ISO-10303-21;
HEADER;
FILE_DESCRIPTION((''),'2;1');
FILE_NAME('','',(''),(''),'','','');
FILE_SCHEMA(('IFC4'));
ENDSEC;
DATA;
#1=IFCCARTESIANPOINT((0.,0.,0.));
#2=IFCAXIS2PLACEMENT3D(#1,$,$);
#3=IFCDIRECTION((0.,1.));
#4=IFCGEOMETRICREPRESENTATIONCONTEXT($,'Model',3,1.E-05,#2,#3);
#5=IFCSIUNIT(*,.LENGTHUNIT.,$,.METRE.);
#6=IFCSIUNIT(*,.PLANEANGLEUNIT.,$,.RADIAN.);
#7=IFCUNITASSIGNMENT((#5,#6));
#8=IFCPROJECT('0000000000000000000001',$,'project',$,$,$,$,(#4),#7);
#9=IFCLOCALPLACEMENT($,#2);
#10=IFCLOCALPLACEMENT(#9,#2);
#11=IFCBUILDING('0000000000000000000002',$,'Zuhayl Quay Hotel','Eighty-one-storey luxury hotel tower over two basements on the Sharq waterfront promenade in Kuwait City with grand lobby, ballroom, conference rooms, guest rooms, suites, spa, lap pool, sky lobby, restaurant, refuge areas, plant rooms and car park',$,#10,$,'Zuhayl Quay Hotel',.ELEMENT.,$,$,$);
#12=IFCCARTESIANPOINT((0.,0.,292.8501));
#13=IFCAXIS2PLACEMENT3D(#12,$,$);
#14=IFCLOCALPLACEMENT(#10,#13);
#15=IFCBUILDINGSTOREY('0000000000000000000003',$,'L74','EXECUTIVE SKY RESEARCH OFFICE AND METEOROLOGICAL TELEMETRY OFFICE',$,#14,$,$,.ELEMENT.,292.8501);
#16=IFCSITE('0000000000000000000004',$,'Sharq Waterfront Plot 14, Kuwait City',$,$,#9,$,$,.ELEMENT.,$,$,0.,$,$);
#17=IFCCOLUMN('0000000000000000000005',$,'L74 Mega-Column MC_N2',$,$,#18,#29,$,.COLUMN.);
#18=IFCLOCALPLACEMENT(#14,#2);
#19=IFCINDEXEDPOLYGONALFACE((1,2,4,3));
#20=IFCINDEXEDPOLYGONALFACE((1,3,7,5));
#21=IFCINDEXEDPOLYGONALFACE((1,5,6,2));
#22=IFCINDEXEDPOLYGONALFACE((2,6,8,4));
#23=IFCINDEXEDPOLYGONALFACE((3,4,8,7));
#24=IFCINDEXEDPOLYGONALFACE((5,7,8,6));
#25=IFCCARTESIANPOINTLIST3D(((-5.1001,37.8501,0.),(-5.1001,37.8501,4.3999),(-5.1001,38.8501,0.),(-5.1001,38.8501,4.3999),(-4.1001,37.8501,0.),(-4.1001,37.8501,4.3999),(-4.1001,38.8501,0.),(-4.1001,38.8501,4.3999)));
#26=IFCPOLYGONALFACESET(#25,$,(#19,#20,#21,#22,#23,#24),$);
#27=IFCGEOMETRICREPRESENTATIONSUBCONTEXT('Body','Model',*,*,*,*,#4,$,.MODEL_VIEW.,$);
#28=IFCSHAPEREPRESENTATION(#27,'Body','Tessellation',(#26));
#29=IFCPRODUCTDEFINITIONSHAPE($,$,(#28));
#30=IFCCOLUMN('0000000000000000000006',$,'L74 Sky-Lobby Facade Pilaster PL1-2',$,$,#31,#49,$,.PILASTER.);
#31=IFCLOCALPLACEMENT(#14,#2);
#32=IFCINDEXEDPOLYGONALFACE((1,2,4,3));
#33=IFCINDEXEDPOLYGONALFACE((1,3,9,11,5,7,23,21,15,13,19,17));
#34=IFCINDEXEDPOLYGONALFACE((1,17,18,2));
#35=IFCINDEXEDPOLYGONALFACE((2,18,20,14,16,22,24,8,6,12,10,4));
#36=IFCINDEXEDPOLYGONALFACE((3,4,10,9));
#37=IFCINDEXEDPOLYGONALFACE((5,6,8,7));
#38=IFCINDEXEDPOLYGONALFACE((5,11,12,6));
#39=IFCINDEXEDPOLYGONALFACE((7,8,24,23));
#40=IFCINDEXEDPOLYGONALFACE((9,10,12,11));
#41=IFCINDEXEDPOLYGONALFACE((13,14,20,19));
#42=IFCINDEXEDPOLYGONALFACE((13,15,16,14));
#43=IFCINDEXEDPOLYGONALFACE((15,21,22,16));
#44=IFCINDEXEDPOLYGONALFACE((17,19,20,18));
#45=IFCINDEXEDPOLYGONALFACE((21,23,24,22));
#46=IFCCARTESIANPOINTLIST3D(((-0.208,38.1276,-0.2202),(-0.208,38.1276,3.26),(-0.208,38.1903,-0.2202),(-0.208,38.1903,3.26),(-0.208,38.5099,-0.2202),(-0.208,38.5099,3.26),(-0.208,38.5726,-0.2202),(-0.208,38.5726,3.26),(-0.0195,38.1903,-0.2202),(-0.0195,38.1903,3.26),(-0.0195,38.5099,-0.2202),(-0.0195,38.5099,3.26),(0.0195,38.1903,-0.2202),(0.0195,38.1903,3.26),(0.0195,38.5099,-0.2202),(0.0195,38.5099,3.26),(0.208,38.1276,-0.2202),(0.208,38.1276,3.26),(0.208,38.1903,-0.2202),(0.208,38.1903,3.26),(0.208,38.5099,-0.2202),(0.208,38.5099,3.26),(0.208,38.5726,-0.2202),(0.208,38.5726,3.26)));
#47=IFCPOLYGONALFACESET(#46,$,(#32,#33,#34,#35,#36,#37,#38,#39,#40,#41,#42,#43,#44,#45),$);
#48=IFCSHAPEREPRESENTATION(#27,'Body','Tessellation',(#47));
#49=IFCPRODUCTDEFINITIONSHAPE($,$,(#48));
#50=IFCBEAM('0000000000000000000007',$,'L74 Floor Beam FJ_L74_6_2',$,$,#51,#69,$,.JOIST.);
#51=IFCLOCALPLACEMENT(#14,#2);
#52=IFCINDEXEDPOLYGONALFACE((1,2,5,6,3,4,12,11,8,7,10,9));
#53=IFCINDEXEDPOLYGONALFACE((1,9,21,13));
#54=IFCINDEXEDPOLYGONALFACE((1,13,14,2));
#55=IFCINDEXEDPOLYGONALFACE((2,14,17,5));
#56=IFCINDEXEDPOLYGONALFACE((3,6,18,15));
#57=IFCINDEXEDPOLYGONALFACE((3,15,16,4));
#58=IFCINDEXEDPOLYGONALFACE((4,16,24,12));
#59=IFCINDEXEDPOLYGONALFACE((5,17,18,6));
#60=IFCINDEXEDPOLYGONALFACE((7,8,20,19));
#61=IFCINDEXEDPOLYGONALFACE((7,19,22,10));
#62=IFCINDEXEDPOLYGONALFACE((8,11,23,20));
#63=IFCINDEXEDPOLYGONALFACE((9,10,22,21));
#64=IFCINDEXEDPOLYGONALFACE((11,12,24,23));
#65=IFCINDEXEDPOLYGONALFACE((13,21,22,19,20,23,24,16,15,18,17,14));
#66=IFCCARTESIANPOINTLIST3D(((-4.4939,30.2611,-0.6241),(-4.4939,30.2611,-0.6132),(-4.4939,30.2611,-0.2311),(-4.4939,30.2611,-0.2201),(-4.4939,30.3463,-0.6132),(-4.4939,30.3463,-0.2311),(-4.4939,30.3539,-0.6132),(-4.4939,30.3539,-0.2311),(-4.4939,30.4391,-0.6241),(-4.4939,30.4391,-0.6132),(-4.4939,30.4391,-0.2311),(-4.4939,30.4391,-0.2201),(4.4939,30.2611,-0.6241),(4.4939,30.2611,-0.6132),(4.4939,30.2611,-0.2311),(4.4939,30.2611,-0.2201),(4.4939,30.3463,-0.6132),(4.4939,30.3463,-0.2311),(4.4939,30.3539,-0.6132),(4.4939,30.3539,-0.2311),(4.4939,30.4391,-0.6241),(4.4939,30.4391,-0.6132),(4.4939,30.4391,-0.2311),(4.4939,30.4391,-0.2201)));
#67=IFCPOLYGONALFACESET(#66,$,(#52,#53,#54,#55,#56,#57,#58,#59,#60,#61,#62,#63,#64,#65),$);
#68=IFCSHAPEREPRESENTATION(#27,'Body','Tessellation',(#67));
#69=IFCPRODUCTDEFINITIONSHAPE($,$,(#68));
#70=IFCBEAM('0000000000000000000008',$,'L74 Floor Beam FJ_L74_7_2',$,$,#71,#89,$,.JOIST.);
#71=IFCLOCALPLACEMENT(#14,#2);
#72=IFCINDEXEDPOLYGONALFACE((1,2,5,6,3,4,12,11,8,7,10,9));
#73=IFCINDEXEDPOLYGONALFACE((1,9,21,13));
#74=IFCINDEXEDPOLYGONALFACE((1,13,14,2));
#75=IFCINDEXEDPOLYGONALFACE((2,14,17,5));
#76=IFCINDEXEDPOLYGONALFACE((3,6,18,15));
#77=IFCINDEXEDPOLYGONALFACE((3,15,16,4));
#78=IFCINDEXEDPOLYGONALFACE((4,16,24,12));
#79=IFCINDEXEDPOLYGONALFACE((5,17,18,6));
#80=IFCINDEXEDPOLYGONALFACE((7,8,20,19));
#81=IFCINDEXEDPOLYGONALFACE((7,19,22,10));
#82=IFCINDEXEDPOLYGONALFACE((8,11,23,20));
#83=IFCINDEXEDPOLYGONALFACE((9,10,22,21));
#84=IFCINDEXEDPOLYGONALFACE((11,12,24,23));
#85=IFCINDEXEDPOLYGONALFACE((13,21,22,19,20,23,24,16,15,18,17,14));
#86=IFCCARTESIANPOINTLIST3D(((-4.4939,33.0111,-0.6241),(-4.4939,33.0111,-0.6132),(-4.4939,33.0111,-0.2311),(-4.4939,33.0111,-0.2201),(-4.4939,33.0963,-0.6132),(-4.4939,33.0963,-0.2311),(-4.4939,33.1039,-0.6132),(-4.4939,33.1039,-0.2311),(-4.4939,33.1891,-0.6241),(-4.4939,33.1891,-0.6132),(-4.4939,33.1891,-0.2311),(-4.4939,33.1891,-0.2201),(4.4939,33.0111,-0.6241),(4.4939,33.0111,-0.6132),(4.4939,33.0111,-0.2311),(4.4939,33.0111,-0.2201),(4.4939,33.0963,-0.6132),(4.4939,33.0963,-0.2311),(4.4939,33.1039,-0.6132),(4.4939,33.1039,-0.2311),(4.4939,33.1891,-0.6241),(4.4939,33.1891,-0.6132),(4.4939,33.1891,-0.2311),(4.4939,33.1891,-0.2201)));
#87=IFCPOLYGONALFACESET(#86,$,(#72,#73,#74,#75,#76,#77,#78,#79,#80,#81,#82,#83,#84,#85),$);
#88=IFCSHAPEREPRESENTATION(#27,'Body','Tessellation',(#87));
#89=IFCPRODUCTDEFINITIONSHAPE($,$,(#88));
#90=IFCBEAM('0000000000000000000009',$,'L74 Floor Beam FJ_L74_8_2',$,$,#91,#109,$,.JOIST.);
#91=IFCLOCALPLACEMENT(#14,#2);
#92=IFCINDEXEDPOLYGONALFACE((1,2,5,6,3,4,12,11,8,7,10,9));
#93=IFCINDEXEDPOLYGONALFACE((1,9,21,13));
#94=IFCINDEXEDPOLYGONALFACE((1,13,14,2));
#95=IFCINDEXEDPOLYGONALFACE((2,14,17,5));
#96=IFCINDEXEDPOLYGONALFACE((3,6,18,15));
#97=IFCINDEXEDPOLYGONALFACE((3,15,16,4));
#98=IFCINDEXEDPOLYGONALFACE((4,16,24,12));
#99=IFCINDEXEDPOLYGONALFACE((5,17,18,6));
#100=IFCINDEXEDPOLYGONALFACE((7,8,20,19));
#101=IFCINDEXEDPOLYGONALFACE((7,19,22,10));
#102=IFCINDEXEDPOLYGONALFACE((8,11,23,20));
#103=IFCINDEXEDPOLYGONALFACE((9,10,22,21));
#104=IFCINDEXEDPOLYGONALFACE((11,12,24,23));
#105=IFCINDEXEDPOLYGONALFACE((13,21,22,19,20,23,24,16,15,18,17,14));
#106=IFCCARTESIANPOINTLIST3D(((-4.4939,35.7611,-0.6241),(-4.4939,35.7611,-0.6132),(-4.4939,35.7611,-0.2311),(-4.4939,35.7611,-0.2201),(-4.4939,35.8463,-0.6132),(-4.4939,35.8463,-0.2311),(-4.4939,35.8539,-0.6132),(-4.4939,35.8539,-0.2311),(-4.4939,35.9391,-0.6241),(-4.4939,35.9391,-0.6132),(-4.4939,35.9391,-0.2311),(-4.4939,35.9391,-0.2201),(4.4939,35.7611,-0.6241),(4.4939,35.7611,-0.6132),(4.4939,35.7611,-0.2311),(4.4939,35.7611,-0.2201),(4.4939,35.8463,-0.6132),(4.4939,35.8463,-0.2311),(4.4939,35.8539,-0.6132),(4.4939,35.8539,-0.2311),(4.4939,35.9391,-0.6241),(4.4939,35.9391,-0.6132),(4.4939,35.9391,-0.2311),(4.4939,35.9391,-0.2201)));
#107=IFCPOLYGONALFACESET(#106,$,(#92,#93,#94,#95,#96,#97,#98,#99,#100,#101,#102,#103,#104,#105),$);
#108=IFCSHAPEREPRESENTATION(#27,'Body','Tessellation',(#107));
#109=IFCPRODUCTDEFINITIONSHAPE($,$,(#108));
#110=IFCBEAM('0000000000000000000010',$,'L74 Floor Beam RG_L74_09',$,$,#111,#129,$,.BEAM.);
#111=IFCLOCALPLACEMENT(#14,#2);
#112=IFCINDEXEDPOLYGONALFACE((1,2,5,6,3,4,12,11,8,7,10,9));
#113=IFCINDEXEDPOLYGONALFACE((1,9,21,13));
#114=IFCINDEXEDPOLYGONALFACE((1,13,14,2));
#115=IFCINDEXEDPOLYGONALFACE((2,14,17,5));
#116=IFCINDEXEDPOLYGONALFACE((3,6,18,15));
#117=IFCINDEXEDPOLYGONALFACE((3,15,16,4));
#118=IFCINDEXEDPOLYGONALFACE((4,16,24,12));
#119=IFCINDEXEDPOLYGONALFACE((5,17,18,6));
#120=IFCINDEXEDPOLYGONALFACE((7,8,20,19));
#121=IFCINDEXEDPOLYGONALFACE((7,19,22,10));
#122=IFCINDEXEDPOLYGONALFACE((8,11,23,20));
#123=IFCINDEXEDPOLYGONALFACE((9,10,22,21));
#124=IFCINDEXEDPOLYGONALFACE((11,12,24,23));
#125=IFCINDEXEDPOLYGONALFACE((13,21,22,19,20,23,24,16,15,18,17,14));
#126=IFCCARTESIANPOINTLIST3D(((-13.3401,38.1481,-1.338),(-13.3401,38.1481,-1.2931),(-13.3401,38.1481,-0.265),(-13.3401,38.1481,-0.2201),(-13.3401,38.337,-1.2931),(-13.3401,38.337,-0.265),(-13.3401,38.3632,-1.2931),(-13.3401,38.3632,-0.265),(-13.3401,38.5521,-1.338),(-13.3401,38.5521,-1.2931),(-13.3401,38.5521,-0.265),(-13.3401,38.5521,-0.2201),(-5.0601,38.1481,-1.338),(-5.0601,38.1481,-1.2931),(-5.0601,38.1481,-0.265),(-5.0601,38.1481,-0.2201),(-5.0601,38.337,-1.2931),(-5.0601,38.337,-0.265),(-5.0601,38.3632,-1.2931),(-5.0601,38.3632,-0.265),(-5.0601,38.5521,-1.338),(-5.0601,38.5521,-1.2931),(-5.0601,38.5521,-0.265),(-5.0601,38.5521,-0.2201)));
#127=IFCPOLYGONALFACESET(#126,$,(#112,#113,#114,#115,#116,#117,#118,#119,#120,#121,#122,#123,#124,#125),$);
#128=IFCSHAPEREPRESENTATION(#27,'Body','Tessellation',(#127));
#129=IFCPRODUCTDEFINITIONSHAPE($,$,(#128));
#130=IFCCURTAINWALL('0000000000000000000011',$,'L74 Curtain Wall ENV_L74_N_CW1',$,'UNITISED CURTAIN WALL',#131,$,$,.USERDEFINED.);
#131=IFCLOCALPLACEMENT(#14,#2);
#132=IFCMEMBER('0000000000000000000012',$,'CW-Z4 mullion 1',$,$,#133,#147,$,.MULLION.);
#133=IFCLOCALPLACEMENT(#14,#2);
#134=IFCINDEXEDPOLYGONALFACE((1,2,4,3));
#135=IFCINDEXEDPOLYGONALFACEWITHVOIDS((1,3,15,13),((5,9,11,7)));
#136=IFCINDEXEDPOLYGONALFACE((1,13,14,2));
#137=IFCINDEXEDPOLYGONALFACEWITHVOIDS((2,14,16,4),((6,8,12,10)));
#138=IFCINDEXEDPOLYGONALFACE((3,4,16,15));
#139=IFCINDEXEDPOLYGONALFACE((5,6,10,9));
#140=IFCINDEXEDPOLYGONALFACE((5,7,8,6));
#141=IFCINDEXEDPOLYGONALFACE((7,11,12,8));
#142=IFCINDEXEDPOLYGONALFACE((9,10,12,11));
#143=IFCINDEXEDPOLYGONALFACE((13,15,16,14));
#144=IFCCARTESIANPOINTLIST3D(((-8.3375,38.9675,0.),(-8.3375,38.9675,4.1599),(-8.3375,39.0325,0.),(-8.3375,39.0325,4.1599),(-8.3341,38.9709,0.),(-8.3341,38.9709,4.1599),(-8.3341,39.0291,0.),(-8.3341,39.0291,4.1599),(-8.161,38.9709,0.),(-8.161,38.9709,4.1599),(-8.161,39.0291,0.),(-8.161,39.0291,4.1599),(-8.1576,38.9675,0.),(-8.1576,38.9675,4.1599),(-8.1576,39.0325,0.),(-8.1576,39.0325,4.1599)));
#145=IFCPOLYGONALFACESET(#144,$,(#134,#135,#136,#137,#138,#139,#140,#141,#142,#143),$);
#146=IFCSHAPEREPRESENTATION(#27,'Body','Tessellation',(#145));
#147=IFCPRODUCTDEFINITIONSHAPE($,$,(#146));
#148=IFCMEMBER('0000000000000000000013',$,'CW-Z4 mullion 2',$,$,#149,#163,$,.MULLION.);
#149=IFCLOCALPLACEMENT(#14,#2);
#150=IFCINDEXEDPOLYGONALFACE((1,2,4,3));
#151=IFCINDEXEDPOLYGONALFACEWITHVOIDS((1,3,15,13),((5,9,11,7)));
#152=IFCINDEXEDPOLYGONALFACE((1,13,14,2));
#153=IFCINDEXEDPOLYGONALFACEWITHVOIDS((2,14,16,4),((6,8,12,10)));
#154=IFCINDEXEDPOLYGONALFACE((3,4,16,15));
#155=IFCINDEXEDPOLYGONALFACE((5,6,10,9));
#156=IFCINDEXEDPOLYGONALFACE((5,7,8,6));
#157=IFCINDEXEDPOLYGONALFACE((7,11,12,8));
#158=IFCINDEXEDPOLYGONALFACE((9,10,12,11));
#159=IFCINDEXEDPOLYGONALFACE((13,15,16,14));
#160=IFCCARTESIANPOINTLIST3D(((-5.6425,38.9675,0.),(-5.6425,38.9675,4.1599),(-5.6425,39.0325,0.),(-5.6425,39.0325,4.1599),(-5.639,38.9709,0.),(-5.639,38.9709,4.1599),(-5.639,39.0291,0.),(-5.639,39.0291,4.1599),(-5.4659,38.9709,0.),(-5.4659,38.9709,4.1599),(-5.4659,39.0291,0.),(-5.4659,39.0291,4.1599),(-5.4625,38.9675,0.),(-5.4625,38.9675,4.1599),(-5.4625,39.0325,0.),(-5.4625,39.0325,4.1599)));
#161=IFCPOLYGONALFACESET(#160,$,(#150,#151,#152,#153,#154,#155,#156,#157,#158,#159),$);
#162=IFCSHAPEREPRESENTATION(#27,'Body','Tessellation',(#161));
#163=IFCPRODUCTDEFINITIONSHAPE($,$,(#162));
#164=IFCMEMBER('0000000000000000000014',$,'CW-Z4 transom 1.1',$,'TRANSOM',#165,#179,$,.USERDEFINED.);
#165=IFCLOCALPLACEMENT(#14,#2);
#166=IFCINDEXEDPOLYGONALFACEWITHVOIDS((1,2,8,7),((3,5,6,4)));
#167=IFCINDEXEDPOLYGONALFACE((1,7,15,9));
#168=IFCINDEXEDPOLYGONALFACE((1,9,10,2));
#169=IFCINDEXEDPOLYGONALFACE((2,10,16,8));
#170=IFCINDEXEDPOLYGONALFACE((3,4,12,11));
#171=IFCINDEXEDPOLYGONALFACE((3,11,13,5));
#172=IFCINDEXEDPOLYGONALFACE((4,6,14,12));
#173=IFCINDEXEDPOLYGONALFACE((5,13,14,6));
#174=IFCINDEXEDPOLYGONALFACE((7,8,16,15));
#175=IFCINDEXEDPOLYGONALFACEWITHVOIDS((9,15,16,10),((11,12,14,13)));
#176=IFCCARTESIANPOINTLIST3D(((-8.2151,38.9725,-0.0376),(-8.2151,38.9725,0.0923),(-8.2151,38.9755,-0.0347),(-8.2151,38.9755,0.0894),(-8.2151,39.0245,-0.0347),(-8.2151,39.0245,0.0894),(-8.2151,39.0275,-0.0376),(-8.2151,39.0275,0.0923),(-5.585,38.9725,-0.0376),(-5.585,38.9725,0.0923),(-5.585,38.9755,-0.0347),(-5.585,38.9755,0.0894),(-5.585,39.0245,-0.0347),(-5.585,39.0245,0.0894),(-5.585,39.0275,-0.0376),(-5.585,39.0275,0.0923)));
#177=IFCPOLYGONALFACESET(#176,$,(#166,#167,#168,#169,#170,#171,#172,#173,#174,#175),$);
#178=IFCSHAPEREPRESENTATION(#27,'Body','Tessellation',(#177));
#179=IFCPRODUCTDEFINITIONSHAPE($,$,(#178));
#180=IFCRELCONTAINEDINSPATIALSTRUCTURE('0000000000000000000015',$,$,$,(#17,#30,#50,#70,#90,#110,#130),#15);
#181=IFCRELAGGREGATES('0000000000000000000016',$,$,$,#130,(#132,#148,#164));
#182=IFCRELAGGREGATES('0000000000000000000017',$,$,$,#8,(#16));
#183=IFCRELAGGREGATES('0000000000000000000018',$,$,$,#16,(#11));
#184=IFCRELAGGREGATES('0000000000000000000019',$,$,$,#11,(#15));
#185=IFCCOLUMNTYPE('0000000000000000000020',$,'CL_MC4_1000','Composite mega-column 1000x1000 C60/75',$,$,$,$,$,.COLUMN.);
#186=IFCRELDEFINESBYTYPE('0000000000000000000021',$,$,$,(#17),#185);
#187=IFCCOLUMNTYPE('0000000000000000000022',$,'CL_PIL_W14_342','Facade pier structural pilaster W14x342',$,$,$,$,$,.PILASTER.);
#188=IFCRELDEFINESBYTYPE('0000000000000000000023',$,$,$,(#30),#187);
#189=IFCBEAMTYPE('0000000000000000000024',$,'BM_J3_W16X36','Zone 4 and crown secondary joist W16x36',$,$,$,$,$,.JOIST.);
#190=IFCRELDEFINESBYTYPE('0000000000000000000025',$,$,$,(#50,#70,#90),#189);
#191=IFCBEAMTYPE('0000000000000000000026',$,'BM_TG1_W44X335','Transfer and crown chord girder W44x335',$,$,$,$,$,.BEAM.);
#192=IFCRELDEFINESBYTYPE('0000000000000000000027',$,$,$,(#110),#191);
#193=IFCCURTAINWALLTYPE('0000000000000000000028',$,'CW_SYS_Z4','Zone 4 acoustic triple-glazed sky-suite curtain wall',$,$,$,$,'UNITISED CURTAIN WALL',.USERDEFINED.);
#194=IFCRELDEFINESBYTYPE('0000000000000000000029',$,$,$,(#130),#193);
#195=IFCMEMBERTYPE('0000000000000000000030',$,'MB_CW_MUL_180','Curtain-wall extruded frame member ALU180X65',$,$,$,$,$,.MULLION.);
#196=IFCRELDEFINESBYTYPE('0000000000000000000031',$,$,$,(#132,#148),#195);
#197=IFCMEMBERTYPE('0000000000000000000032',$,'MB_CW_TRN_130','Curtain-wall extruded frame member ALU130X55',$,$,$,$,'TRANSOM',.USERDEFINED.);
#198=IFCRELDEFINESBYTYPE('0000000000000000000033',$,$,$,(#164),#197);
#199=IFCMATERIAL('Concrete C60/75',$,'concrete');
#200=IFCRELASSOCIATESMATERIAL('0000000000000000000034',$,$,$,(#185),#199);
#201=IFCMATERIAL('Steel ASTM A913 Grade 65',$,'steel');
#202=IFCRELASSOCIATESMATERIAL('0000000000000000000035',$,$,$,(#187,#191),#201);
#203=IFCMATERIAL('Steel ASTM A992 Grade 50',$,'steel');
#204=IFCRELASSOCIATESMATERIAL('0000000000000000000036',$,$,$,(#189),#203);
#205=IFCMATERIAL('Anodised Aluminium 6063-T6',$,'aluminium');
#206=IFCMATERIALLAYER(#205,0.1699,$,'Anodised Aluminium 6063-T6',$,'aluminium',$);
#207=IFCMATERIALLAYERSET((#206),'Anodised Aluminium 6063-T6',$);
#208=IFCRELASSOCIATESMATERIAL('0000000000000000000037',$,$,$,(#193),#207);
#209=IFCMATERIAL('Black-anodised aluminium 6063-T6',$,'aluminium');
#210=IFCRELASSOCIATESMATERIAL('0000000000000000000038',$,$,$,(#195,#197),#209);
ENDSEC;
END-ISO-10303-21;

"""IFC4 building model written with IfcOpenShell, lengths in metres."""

from ifc_helpers import new_model, si_unit, direction, frame, origin, origin_2d, place, context, subcontext, project, spatial, rectangle, hollow_rectangle, i_section, extrude, material, layer, layer_set, material_profile, profile_set, type_object, element, aggregate, save


model = new_model("IFC4")

# Units and contexts
model_context = context("Model", 3, precision=1e-05, world=origin(), true_north=direction((0.0, 1.0)))
body_context = subcontext(model_context, "Body", "Model", "MODEL_VIEW")
ifc_project = project(units=[si_unit("LENGTHUNIT", "METRE"), si_unit("PLANEANGLEUNIT", "RADIAN")], contexts=[model_context])

# Site, building, storey
site_placement = place(None, origin())
site = spatial("IfcSite", under=ifc_project, at=site_placement, Name="Sharq Waterfront Plot 14, Kuwait City", CompositionType="ELEMENT", RefElevation=0.0)
building_placement = place(site_placement, origin())
building = spatial("IfcBuilding", under=site, at=building_placement, Name="Zuhayl Quay Hotel", Description="Eighty-one-storey luxury hotel tower over two basements on the Sharq waterfront promenade in Kuwait City with grand lobby, ballroom, conference rooms, guest rooms, suites, spa, lap pool, sky lobby, restaurant, refuge areas, plant rooms and car park", LongName="Zuhayl Quay Hotel", CompositionType="ELEMENT")
storey_placement = place(building_placement, frame((0.0, 0.0, 292.8501)))
storey = spatial("IfcBuildingStorey", under=building, at=storey_placement, Name="L74", Description="EXECUTIVE SKY RESEARCH OFFICE AND METEOROLOGICAL TELEMETRY OFFICE", CompositionType="ELEMENT", Elevation=292.8501)

# Columns
ifc_material_1 = material(Name="Concrete C60/75", Category="concrete")
ifc_material_profile_1 = material_profile(ifc_material_1, rectangle(XDim=1.0, YDim=1.0, at=origin_2d()), Name="RC1000X1000")
ifc_profile_set_1 = profile_set([ifc_material_profile_1], Name="Concrete C60/75")
column_type_1 = type_object("IfcColumnType", Name="CL_MC4_1000", Description="Composite mega-column 1000x1000 C60/75", PredefinedType="COLUMN", material=ifc_profile_set_1)
column_1_placement = place(storey_placement, frame((-4.6001, 38.3501, 0.0), z_axis=(0.0, 0.0, 1.0), x_axis=(1.0, 0.0, 0.0)))
element("IfcColumn", 1, at=column_1_placement, inside=storey, type_object=column_type_1, Name="L74 Mega-Column MC_N2", PredefinedType="COLUMN", context=body_context, shape_type="SweptSolid", body=[
    extrude(rectangle(XDim=1.0, YDim=1.0, at=origin_2d()), origin(), (0.0, 0.0, 1.0), 4.3999),
])
ifc_material_2 = material(Name="Steel ASTM A913 Grade 65", Category="steel")
ifc_material_profile_2 = material_profile(ifc_material_2, i_section(OverallWidth=0.416, OverallDepth=0.4451, WebThickness=0.0391, FlangeThickness=0.0627, at=origin_2d()), Name="W14X342")
ifc_profile_set_2 = profile_set([ifc_material_profile_2], Name="Steel ASTM A913 Grade 65")
column_type_2 = type_object("IfcColumnType", Name="CL_PIL_W14_342", Description="Facade pier structural pilaster W14x342", PredefinedType="PILASTER", material=ifc_profile_set_2)
column_2_placement = place(storey_placement, frame((0.0, 38.3501, -0.2202), z_axis=(0.0, 0.0, 1.0), x_axis=(1.0, 0.0, 0.0)))
element("IfcColumn", 2, at=column_2_placement, inside=storey, type_object=column_type_2, Name="L74 Sky-Lobby Facade Pilaster PL1-2", PredefinedType="PILASTER", context=body_context, shape_type="SweptSolid", body=[
    extrude(i_section(OverallWidth=0.416, OverallDepth=0.4451, WebThickness=0.0391, FlangeThickness=0.0627, at=origin_2d()), origin(), (0.0, 0.0, 1.0), 3.4802),
])

# Beams
ifc_material_3 = material(Name="Steel ASTM A992 Grade 50", Category="steel")
ifc_material_profile_3 = material_profile(ifc_material_3, i_section(OverallWidth=0.178, OverallDepth=0.4041, WebThickness=0.0076, FlangeThickness=0.011, at=origin_2d()), Name="W16X36")
ifc_profile_set_3 = profile_set([ifc_material_profile_3], Name="Steel ASTM A992 Grade 50")
beam_type_1 = type_object("IfcBeamType", Name="BM_J3_W16X36", Description="Zone 4 and crown secondary joist W16x36", PredefinedType="JOIST", material=ifc_profile_set_3)
for number, where, z_axis, x_axis, name in (
    (3, (-4.4939, 30.3501, -0.4221), (1.0, 0.0, 0.0), (0.0, 1.0, 0.0), "L74 Floor Beam FJ_L74_6_2"),
    (4, (-4.4939, 33.1001, -0.4221), (1.0, 0.0, 0.0), (0.0, 1.0, 0.0), "L74 Floor Beam FJ_L74_7_2"),
    (5, (-4.4939, 35.8501, -0.4221), (1.0, 0.0, 0.0), (0.0, 1.0, 0.0), "L74 Floor Beam FJ_L74_8_2"),
):
    element("IfcBeam", number, at=place(storey_placement, frame(where, z_axis=z_axis, x_axis=x_axis)), inside=storey, type_object=beam_type_1, Name=name, PredefinedType="JOIST", context=body_context, shape_type="SweptSolid", body=[
        extrude(i_section(OverallWidth=0.178, OverallDepth=0.4041, WebThickness=0.0076, FlangeThickness=0.011, at=origin_2d()), origin(), (0.0, 0.0, 1.0), 8.9878),
    ])
ifc_material_profile_4 = material_profile(ifc_material_2, i_section(OverallWidth=0.4041, OverallDepth=1.1179, WebThickness=0.0261, FlangeThickness=0.0449, at=origin_2d()), Name="W44X335")
ifc_profile_set_4 = profile_set([ifc_material_profile_4], Name="Steel ASTM A913 Grade 65")
beam_type_2 = type_object("IfcBeamType", Name="BM_TG1_W44X335", Description="Transfer and crown chord girder W44x335", PredefinedType="BEAM", material=ifc_profile_set_4)
beam_placement = place(storey_placement, frame((-5.0601, 38.3501, -0.7791), z_axis=(-1.0, 0.0, 0.0), x_axis=(0.0, -1.0, 0.0)))
element("IfcBeam", 6, at=beam_placement, inside=storey, type_object=beam_type_2, Name="L74 Floor Beam RG_L74_09", PredefinedType="BEAM", context=body_context, shape_type="SweptSolid", body=[
    extrude(i_section(OverallWidth=0.4041, OverallDepth=1.1179, WebThickness=0.0261, FlangeThickness=0.0449, at=origin_2d()), origin(), (0.0, 0.0, 1.0), 8.28),
])

# Curtain wall, members
ifc_material_4 = material(Name="Anodised Aluminium 6063-T6", Category="aluminium")
ifc_layer_1 = layer(ifc_material_4, 0.1699, Name="Anodised Aluminium 6063-T6", Category="aluminium")
ifc_layer_set_1 = layer_set([ifc_layer_1], Name="Anodised Aluminium 6063-T6")
curtain_wall_type = type_object("IfcCurtainWallType", Name="CW_SYS_Z4", Description="Zone 4 acoustic triple-glazed sky-suite curtain wall", ElementType="UNITISED CURTAIN WALL", PredefinedType="USERDEFINED", material=ifc_layer_set_1)
curtain_wall_placement = place(storey_placement, origin())
curtain_wall = element("IfcCurtainWall", 7, at=curtain_wall_placement, inside=storey, type_object=curtain_wall_type, Name="L74 Curtain Wall ENV_L74_N_CW1", ObjectType="UNITISED CURTAIN WALL", PredefinedType="USERDEFINED")
ifc_material_5 = material(Name="Black-anodised aluminium 6063-T6", Category="aluminium")
ifc_material_profile_5 = material_profile(ifc_material_5, hollow_rectangle(XDim=0.0649, YDim=0.1799, WallThickness=0.0034, at=origin_2d()), Name="ALU180X65")
ifc_profile_set_5 = profile_set([ifc_material_profile_5], Name="Black-anodised aluminium 6063-T6")
member_type_1 = type_object("IfcMemberType", Name="MB_CW_MUL_180", Description="Curtain-wall extruded frame member ALU180X65", PredefinedType="MULLION", material=ifc_profile_set_5)
member_1_placement = place(storey_placement, frame((-8.2476, 39.0, 0.0), z_axis=(0.0, 0.0, 1.0), x_axis=(0.0, 1.0, 0.0)))
member_1 = element("IfcMember", 8, at=member_1_placement, type_object=member_type_1, Name="CW-Z4 mullion 1", PredefinedType="MULLION", context=body_context, shape_type="SweptSolid", body=[
    extrude(hollow_rectangle(XDim=0.0649, YDim=0.1799, WallThickness=0.0034, at=origin_2d()), origin(), (0.0, 0.0, 1.0), 4.1599),
])
member_2_placement = place(storey_placement, frame((-5.5525, 39.0, 0.0), z_axis=(0.0, 0.0, 1.0), x_axis=(0.0, 1.0, 0.0)))
member_2 = element("IfcMember", 9, at=member_2_placement, type_object=member_type_1, Name="CW-Z4 mullion 2", PredefinedType="MULLION", context=body_context, shape_type="SweptSolid", body=[
    extrude(hollow_rectangle(XDim=0.0649, YDim=0.1799, WallThickness=0.0034, at=origin_2d()), origin(), (0.0, 0.0, 1.0), 4.1599),
])
ifc_material_profile_6 = material_profile(ifc_material_5, hollow_rectangle(XDim=0.0549, YDim=0.1299, WallThickness=0.0029, at=origin_2d()), Name="ALU130X55")
ifc_profile_set_6 = profile_set([ifc_material_profile_6], Name="Black-anodised aluminium 6063-T6")
member_type_2 = type_object("IfcMemberType", Name="MB_CW_TRN_130", Description="Curtain-wall extruded frame member ALU130X55", ElementType="TRANSOM", PredefinedType="USERDEFINED", material=ifc_profile_set_6)
member_3_placement = place(storey_placement, frame((-8.2151, 39.0, 0.0273), z_axis=(1.0, 0.0, 0.0), x_axis=(0.0, 1.0, 0.0)))
member_3 = element("IfcMember", 10, at=member_3_placement, type_object=member_type_2, Name="CW-Z4 transom 1.1", ObjectType="TRANSOM", PredefinedType="USERDEFINED", context=body_context, shape_type="SweptSolid", body=[
    extrude(hollow_rectangle(XDim=0.0549, YDim=0.1299, WallThickness=0.0029, at=origin_2d()), origin(), (0.0, 0.0, 1.0), 2.6301),
])
aggregate(curtain_wall, [member_1, member_2, member_3])

save(model, "model.ifc")
